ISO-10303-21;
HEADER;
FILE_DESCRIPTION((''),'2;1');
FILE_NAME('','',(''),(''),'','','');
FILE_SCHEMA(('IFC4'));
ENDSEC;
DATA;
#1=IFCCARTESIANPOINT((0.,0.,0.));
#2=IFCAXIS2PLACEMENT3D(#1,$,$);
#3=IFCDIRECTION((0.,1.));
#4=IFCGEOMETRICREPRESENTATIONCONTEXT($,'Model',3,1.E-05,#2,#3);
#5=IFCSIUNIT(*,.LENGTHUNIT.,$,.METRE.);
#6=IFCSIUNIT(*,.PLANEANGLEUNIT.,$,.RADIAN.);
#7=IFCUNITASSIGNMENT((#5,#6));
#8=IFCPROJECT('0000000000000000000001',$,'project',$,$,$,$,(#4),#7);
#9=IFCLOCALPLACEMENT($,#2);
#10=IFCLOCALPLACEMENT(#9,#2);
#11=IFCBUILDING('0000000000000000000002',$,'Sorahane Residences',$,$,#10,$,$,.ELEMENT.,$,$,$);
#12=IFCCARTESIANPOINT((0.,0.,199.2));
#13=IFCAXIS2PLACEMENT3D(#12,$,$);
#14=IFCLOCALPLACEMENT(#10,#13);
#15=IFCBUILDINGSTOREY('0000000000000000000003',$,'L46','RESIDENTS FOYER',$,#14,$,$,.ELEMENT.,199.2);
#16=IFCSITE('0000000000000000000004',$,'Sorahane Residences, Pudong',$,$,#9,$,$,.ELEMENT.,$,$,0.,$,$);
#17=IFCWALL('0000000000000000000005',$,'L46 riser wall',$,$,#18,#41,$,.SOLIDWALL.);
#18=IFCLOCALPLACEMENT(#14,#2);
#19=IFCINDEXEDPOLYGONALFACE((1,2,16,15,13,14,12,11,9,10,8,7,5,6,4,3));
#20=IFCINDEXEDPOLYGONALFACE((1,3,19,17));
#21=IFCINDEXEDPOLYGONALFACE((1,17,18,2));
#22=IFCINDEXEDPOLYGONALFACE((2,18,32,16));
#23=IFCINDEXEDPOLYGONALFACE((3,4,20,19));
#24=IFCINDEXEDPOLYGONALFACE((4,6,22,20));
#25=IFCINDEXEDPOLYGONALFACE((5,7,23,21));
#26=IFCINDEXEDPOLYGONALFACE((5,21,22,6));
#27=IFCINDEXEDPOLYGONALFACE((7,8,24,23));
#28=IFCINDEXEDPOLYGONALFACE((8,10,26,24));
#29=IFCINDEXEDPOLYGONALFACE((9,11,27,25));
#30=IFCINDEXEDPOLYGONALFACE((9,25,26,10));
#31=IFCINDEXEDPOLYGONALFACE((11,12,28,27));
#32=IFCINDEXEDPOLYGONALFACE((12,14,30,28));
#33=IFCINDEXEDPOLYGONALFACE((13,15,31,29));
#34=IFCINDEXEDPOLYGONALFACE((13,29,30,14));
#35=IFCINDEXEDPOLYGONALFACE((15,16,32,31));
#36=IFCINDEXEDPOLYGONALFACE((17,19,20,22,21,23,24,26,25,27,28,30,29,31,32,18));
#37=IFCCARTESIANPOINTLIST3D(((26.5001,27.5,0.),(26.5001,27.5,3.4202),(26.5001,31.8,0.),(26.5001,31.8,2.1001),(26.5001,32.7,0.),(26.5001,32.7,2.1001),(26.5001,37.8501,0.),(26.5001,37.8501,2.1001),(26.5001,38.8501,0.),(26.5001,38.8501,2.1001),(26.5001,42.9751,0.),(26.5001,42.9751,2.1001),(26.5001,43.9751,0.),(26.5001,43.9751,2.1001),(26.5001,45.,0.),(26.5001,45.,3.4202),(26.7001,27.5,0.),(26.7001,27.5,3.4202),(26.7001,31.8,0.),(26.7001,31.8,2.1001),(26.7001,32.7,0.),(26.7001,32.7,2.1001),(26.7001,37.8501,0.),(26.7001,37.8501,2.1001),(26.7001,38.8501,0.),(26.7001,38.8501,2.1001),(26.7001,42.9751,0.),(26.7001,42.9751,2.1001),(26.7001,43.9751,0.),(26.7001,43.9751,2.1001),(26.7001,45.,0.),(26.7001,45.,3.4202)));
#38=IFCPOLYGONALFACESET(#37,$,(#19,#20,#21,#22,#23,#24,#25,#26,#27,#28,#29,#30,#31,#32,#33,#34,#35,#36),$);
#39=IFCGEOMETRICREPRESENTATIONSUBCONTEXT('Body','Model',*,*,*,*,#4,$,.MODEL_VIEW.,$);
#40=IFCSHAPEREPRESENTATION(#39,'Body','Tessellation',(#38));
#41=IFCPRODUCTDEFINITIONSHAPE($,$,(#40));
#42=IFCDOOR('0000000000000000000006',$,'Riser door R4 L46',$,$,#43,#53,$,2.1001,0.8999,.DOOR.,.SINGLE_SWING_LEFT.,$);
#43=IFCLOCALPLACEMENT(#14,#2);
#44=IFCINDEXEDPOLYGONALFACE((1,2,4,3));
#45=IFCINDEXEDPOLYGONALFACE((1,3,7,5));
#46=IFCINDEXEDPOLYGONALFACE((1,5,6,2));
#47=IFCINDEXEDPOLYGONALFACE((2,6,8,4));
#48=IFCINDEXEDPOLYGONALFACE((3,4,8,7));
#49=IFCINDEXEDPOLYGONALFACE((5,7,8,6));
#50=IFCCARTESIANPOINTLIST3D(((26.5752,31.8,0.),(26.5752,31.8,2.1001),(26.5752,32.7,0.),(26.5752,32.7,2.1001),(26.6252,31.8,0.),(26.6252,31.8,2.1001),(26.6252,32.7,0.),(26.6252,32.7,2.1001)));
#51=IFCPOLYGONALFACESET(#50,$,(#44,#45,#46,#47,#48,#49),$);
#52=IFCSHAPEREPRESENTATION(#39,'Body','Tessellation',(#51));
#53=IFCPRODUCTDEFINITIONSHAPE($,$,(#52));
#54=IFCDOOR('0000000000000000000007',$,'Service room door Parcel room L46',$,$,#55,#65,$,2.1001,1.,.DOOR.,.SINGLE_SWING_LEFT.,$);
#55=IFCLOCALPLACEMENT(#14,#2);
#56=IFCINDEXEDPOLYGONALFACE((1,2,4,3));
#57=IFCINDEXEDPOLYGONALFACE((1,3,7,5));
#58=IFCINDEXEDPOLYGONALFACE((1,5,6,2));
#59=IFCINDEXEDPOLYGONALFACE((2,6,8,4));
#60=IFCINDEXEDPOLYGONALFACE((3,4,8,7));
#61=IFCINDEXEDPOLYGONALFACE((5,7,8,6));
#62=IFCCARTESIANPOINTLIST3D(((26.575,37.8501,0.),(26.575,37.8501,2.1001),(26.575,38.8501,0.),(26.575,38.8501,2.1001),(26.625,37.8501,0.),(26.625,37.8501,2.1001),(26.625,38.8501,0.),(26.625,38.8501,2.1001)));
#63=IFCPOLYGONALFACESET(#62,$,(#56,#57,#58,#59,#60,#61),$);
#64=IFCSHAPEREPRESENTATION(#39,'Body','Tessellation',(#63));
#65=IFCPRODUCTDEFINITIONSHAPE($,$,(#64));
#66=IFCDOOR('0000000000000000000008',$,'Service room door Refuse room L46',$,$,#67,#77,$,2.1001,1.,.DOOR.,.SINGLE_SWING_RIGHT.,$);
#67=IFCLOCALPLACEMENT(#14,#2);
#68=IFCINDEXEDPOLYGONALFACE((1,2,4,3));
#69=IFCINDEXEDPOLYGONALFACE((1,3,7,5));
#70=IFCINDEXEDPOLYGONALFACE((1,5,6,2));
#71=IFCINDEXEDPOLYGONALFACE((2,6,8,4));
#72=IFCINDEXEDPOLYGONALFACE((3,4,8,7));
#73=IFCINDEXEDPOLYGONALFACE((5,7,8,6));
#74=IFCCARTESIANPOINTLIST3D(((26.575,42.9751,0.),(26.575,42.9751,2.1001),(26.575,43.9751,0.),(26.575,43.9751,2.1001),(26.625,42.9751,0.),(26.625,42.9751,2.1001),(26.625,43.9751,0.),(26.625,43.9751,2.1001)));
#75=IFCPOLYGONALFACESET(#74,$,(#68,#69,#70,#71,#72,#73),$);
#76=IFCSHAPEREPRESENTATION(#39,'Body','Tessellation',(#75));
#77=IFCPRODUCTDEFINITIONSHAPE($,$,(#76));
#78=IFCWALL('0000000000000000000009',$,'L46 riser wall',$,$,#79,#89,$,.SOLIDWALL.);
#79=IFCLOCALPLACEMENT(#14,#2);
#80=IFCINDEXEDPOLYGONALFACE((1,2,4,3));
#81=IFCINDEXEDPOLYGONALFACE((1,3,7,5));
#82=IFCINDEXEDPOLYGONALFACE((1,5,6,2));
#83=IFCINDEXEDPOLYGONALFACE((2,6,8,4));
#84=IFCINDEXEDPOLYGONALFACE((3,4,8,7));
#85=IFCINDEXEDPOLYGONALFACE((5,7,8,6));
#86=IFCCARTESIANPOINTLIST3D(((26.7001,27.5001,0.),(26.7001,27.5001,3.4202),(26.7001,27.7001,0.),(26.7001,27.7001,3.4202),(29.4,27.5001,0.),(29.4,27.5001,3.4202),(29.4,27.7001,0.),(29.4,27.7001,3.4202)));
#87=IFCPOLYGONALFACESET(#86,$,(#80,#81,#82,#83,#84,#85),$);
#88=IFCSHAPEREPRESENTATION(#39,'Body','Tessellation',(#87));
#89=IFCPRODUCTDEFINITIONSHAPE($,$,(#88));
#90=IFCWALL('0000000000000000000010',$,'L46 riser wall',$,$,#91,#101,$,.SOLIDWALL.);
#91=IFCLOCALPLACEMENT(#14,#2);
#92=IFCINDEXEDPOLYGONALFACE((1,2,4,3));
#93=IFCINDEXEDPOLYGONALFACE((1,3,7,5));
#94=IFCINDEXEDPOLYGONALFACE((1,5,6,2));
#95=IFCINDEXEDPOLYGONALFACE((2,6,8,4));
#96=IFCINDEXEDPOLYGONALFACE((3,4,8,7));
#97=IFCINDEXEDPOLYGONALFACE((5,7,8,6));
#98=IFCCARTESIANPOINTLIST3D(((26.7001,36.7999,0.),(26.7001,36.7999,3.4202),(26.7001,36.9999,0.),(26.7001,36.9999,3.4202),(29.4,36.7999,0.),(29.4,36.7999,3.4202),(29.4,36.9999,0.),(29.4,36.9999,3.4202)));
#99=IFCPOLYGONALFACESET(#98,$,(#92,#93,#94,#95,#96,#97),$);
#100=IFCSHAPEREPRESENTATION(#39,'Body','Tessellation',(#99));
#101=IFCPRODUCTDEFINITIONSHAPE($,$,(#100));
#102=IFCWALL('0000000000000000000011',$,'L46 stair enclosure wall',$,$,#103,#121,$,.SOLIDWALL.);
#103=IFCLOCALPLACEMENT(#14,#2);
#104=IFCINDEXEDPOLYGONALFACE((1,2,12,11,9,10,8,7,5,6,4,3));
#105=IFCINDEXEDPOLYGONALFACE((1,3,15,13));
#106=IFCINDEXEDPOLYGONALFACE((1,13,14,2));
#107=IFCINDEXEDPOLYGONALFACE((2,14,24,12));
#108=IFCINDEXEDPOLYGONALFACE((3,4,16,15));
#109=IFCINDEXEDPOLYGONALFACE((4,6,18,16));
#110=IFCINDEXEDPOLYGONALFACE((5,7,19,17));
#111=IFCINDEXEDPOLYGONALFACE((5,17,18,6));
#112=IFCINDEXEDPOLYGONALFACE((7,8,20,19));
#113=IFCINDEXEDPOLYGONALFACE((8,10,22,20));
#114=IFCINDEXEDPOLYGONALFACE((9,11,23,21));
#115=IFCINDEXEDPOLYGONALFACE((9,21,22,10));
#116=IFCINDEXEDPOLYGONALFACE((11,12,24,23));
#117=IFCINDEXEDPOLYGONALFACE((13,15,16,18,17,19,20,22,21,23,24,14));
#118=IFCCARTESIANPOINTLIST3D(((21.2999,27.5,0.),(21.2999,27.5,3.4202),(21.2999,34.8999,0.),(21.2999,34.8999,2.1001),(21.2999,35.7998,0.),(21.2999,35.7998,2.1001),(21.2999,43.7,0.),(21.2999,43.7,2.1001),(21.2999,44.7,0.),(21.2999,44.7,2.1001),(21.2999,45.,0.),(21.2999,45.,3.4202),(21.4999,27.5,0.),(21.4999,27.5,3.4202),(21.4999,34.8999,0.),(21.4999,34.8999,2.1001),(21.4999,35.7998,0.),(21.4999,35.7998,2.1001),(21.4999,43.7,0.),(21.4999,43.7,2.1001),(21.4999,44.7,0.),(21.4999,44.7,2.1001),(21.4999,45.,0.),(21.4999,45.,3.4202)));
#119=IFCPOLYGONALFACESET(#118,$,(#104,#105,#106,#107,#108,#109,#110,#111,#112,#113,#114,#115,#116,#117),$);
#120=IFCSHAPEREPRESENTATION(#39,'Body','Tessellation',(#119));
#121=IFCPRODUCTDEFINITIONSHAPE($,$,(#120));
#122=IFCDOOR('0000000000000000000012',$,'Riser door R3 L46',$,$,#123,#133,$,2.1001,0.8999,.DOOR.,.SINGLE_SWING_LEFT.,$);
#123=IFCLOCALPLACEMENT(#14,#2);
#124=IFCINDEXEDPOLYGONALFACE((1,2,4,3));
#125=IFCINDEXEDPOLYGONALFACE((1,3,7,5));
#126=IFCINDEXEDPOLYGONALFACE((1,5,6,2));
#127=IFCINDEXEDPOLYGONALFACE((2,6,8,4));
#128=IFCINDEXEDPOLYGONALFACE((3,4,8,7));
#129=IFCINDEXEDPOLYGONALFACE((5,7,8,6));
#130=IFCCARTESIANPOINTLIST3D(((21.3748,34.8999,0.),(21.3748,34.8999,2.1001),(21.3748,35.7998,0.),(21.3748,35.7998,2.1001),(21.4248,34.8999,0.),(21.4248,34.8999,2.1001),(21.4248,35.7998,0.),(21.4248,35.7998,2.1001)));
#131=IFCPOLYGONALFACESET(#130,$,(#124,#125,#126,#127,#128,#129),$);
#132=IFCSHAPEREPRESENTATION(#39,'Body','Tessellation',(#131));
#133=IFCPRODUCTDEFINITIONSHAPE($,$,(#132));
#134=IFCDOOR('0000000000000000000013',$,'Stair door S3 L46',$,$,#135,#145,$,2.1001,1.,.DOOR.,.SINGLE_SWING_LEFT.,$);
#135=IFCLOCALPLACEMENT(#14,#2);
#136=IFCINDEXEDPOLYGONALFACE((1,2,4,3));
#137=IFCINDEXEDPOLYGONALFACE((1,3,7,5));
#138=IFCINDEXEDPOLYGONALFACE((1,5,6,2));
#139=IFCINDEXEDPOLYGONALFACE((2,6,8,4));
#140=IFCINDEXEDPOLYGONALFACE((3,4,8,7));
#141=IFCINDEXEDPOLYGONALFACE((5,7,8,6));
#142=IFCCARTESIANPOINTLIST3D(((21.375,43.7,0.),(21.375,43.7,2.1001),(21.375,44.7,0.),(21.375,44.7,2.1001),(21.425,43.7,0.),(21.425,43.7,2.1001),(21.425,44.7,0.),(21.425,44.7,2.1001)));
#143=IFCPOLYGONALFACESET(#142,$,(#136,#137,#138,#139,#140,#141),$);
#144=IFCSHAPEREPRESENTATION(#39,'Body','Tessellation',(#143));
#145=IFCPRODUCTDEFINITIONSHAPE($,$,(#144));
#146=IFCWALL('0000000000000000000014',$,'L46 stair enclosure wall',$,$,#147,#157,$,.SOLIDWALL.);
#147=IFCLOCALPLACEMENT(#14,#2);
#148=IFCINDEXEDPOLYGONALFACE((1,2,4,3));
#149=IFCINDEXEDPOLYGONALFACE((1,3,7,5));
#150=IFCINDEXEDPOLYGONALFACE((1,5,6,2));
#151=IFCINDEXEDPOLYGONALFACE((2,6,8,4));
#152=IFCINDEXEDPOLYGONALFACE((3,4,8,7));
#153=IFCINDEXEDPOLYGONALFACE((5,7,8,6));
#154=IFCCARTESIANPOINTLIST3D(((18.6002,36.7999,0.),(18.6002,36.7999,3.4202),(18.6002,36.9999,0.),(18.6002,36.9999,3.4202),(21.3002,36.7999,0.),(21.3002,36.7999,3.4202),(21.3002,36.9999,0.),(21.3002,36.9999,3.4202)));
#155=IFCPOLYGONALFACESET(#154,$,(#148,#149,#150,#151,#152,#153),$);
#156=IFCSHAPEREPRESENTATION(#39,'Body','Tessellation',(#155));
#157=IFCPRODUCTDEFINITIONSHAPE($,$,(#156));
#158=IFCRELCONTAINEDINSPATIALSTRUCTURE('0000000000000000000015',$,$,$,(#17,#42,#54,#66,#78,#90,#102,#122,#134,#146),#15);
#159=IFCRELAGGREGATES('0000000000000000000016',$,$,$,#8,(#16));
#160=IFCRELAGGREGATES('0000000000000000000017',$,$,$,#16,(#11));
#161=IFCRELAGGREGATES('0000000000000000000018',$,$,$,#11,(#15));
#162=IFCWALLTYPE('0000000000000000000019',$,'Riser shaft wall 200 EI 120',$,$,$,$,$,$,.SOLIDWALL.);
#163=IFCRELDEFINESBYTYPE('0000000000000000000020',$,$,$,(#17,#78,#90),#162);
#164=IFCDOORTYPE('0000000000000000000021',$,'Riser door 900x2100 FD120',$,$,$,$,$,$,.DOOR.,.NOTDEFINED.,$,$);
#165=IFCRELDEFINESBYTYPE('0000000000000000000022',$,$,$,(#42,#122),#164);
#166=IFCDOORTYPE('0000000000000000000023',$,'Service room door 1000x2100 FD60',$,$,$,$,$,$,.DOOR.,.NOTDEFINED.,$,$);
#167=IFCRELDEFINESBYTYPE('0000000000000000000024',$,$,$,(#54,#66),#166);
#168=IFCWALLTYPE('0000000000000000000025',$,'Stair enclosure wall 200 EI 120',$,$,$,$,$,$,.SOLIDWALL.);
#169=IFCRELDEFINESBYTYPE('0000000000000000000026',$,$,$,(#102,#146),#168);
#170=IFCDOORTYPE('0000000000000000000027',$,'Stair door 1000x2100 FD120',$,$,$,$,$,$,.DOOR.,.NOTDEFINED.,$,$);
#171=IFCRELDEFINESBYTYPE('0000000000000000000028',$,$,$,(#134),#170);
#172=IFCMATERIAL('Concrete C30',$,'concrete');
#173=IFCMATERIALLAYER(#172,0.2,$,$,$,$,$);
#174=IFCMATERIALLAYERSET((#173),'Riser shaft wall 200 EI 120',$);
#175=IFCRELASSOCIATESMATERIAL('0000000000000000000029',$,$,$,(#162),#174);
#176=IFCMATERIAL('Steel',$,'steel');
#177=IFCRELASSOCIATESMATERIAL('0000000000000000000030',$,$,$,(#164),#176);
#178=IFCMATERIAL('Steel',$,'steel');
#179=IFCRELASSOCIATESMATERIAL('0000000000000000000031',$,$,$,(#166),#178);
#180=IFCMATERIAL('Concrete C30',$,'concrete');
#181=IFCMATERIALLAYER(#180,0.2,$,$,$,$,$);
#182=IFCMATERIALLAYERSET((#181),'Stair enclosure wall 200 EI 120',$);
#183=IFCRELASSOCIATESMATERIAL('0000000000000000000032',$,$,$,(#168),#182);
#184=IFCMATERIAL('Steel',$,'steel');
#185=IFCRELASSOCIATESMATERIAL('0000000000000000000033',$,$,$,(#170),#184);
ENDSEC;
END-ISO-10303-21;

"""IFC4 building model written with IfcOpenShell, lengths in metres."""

from ifc_helpers import new_model, si_unit, direction, frame, frame_2d, origin, place, context, subcontext, project, spatial, rectangle, extrude, material, layer, layer_set, type_object, element, fill, save


model = new_model("IFC4")

# Units and contexts
model_context = context("Model", 3, precision=1e-05, world=origin(), true_north=direction((0.0, 1.0)))
body_context = subcontext(model_context, "Body", "Model", "MODEL_VIEW")
ifc_project = project(units=[si_unit("LENGTHUNIT", "METRE"), si_unit("PLANEANGLEUNIT", "RADIAN")], contexts=[model_context])

# Site, building, storey
site_placement = place(None, origin())
site = spatial("IfcSite", under=ifc_project, at=site_placement, Name="Sorahane Residences, Pudong", CompositionType="ELEMENT", RefElevation=0.0)
building_placement = place(site_placement, origin())
building = spatial("IfcBuilding", under=site, at=building_placement, Name="Sorahane Residences", CompositionType="ELEMENT")
storey_placement = place(building_placement, frame((0.0, 0.0, 199.2)))
storey = spatial("IfcBuildingStorey", under=building, at=storey_placement, Name="L46", Description="RESIDENTS FOYER", CompositionType="ELEMENT", Elevation=199.2)

# Wall, openings, doors
ifc_material_1 = material(Name="Concrete C30", Category="concrete")
ifc_layer_1 = layer(ifc_material_1, 0.2)
ifc_layer_set_1 = layer_set([ifc_layer_1], Name="Riser shaft wall 200 EI 120")
wall_type_1 = type_object("IfcWallType", Name="Riser shaft wall 200 EI 120", PredefinedType="SOLIDWALL", material=ifc_layer_set_1)
wall_1_placement = place(storey_placement, frame((26.6001, 27.5, 0.0), z_axis=(0.0, 0.0, 1.0), x_axis=(0.0, 1.0, 0.0)))
wall_1 = element("IfcWall", 1, at=wall_1_placement, inside=storey, type_object=wall_type_1, Name="L46 riser wall", PredefinedType="SOLIDWALL", context=body_context, shape_type="SweptSolid", body=[
    extrude(rectangle(XDim=17.5, YDim=0.2, at=frame_2d((8.75, 0.0))), origin(), (0.0, 0.0, 1.0), 3.4202),
])
opening_1_placement = place(wall_1_placement, frame((4.3, 0.0, 0.0)))
opening_1 = element("IfcOpeningElement", 2, at=opening_1_placement, cuts=wall_1, PredefinedType="OPENING", context=body_context, shape_type="SweptSolid", body=[
    extrude(rectangle(XDim=0.8999, YDim=2.1001, at=frame_2d((0.45, 1.05))), frame((0.0, 0.1099, 0.0), z_axis=(0.0, -1.0, 0.0), x_axis=(1.0, 0.0, 0.0)), (0.0, 0.0, 1.0), 0.22),
])
opening_2_placement = place(wall_1_placement, frame((10.3501, 0.0, 0.0)))
opening_2 = element("IfcOpeningElement", 3, at=opening_2_placement, cuts=wall_1, PredefinedType="OPENING", context=body_context, shape_type="SweptSolid", body=[
    extrude(rectangle(XDim=1.0, YDim=2.1001, at=frame_2d((0.5, 1.05))), frame((0.0, 0.1099, 0.0), z_axis=(0.0, -1.0, 0.0), x_axis=(1.0, 0.0, 0.0)), (0.0, 0.0, 1.0), 0.22),
])
opening_3_placement = place(wall_1_placement, frame((15.4751, 0.0, 0.0)))
opening_3 = element("IfcOpeningElement", 4, at=opening_3_placement, cuts=wall_1, PredefinedType="OPENING", context=body_context, shape_type="SweptSolid", body=[
    extrude(rectangle(XDim=1.0, YDim=2.1001, at=frame_2d((0.5, 1.05))), frame((0.0, 0.1099, 0.0), z_axis=(0.0, -1.0, 0.0), x_axis=(1.0, 0.0, 0.0)), (0.0, 0.0, 1.0), 0.22),
])
ifc_material_2 = material(Name="Steel", Category="steel")
door_type_1 = type_object("IfcDoorType", Name="Riser door 900x2100 FD120", OperationType="NOTDEFINED", PredefinedType="DOOR", material=ifc_material_2)
door_1_placement = place(opening_1_placement, origin())
door_1 = element("IfcDoor", 5, at=door_1_placement, inside=storey, type_object=door_type_1, Name="Riser door R4 L46", OperationType="SINGLE_SWING_LEFT", OverallHeight=2.1001, OverallWidth=0.8999, PredefinedType="DOOR", context=body_context, shape_type="SweptSolid", body=[
    extrude(rectangle(XDim=0.8999, YDim=2.1001, at=frame_2d((0.45, 1.05))), frame((0.0, 0.0249, 0.0), z_axis=(0.0, -1.0, 0.0), x_axis=(1.0, 0.0, 0.0)), (0.0, 0.0, 1.0), 0.05),
])
fill(opening_1, door_1)
ifc_material_3 = material(Name="Steel", Category="steel")
door_type_2 = type_object("IfcDoorType", Name="Service room door 1000x2100 FD60", OperationType="NOTDEFINED", PredefinedType="DOOR", material=ifc_material_3)
door_2_placement = place(opening_2_placement, frame((1.0, 0.0, 0.0), z_axis=(0.0, 0.0, 1.0), x_axis=(-1.0, 0.0, 0.0)))
door_2 = element("IfcDoor", 6, at=door_2_placement, inside=storey, type_object=door_type_2, Name="Service room door Parcel room L46", OperationType="SINGLE_SWING_LEFT", OverallHeight=2.1001, OverallWidth=1.0, PredefinedType="DOOR", context=body_context, shape_type="SweptSolid", body=[
    extrude(rectangle(XDim=1.0, YDim=2.1001, at=frame_2d((0.5, 1.05))), frame((0.0, 0.0249, 0.0), z_axis=(0.0, -1.0, 0.0), x_axis=(1.0, 0.0, 0.0)), (0.0, 0.0, 1.0), 0.05),
])
fill(opening_2, door_2)
door_3_placement = place(opening_3_placement, frame((1.0, 0.0, 0.0), z_axis=(0.0, 0.0, 1.0), x_axis=(-1.0, 0.0, 0.0)))
door_3 = element("IfcDoor", 7, at=door_3_placement, inside=storey, type_object=door_type_2, Name="Service room door Refuse room L46", OperationType="SINGLE_SWING_RIGHT", OverallHeight=2.1001, OverallWidth=1.0, PredefinedType="DOOR", context=body_context, shape_type="SweptSolid", body=[
    extrude(rectangle(XDim=1.0, YDim=2.1001, at=frame_2d((0.5, 1.05))), frame((0.0, 0.0249, 0.0), z_axis=(0.0, -1.0, 0.0), x_axis=(1.0, 0.0, 0.0)), (0.0, 0.0, 1.0), 0.05),
])
fill(opening_3, door_3)

# Walls
for number, where, z_axis, x_axis, name in (
    (8, (26.7, 27.6001, 0.0), (0.0, 0.0, 1.0), (1.0, 0.0, 0.0), "L46 riser wall"),
    (9, (26.7, 36.8999, 0.0), (0.0, 0.0, 1.0), (1.0, 0.0, 0.0), "L46 riser wall"),
):
    element("IfcWall", number, at=place(storey_placement, frame(where, z_axis=z_axis, x_axis=x_axis)), inside=storey, type_object=wall_type_1, Name=name, PredefinedType="SOLIDWALL", context=body_context, shape_type="SweptSolid", body=[
        extrude(rectangle(XDim=2.7, YDim=0.2, at=frame_2d((1.3501, 0.0))), origin(), (0.0, 0.0, 1.0), 3.4202),
    ])

# Wall, openings, doors
ifc_material_4 = material(Name="Concrete C30", Category="concrete")
ifc_layer_2 = layer(ifc_material_4, 0.2)
ifc_layer_set_2 = layer_set([ifc_layer_2], Name="Stair enclosure wall 200 EI 120")
wall_type_2 = type_object("IfcWallType", Name="Stair enclosure wall 200 EI 120", PredefinedType="SOLIDWALL", material=ifc_layer_set_2)
wall_2_placement = place(storey_placement, frame((21.3999, 27.5, 0.0), z_axis=(0.0, 0.0, 1.0), x_axis=(0.0, 1.0, 0.0)))
wall_2 = element("IfcWall", 10, at=wall_2_placement, inside=storey, type_object=wall_type_2, Name="L46 stair enclosure wall", PredefinedType="SOLIDWALL", context=body_context, shape_type="SweptSolid", body=[
    extrude(rectangle(XDim=17.5, YDim=0.2, at=frame_2d((8.75, 0.0))), origin(), (0.0, 0.0, 1.0), 3.4202),
])
opening_4_placement = place(wall_2_placement, frame((16.2, 0.0, 0.0)))
opening_4 = element("IfcOpeningElement", 11, at=opening_4_placement, cuts=wall_2, PredefinedType="OPENING", context=body_context, shape_type="SweptSolid", body=[
    extrude(rectangle(XDim=1.0, YDim=2.1001, at=frame_2d((0.5, 1.05))), frame((0.0, 0.1099, 0.0), z_axis=(0.0, -1.0, 0.0), x_axis=(1.0, 0.0, 0.0)), (0.0, 0.0, 1.0), 0.22),
])
opening_5_placement = place(wall_2_placement, frame((7.3999, 0.0, 0.0)))
opening_5 = element("IfcOpeningElement", 12, at=opening_5_placement, cuts=wall_2, PredefinedType="OPENING", context=body_context, shape_type="SweptSolid", body=[
    extrude(rectangle(XDim=0.8999, YDim=2.1001, at=frame_2d((0.45, 1.05))), frame((0.0, 0.1099, 0.0), z_axis=(0.0, -1.0, 0.0), x_axis=(1.0, 0.0, 0.0)), (0.0, 0.0, 1.0), 0.22),
])
door_4_placement = place(opening_5_placement, frame((0.8999, 0.0, 0.0), z_axis=(0.0, 0.0, 1.0), x_axis=(-1.0, 0.0, 0.0)))
door_4 = element("IfcDoor", 13, at=door_4_placement, inside=storey, type_object=door_type_1, Name="Riser door R3 L46", OperationType="SINGLE_SWING_LEFT", OverallHeight=2.1001, OverallWidth=0.8999, PredefinedType="DOOR", context=body_context, shape_type="SweptSolid", body=[
    extrude(rectangle(XDim=0.8999, YDim=2.1001, at=frame_2d((0.45, 1.05))), frame((0.0, 0.0249, 0.0), z_axis=(0.0, -1.0, 0.0), x_axis=(1.0, 0.0, 0.0)), (0.0, 0.0, 1.0), 0.05),
])
fill(opening_5, door_4)
ifc_material_5 = material(Name="Steel", Category="steel")
door_type_3 = type_object("IfcDoorType", Name="Stair door 1000x2100 FD120", OperationType="NOTDEFINED", PredefinedType="DOOR", material=ifc_material_5)
door_5_placement = place(opening_4_placement, origin())
door_5 = element("IfcDoor", 14, at=door_5_placement, inside=storey, type_object=door_type_3, Name="Stair door S3 L46", OperationType="SINGLE_SWING_LEFT", OverallHeight=2.1001, OverallWidth=1.0, PredefinedType="DOOR", context=body_context, shape_type="SweptSolid", body=[
    extrude(rectangle(XDim=1.0, YDim=2.1001, at=frame_2d((0.5, 1.05))), frame((0.0, 0.0249, 0.0), z_axis=(0.0, -1.0, 0.0), x_axis=(1.0, 0.0, 0.0)), (0.0, 0.0, 1.0), 0.05),
])
fill(opening_4, door_5)

# Wall
wall_3_placement = place(storey_placement, frame((18.6001, 36.8999, 0.0), z_axis=(0.0, 0.0, 1.0), x_axis=(1.0, 0.0, 0.0)))
element("IfcWall", 15, at=wall_3_placement, inside=storey, type_object=wall_type_2, Name="L46 stair enclosure wall", PredefinedType="SOLIDWALL", context=body_context, shape_type="SweptSolid", body=[
    extrude(rectangle(XDim=2.7, YDim=0.2, at=frame_2d((1.3501, 0.0))), origin(), (0.0, 0.0, 1.0), 3.4202),
])

save(model, "model.ifc")
